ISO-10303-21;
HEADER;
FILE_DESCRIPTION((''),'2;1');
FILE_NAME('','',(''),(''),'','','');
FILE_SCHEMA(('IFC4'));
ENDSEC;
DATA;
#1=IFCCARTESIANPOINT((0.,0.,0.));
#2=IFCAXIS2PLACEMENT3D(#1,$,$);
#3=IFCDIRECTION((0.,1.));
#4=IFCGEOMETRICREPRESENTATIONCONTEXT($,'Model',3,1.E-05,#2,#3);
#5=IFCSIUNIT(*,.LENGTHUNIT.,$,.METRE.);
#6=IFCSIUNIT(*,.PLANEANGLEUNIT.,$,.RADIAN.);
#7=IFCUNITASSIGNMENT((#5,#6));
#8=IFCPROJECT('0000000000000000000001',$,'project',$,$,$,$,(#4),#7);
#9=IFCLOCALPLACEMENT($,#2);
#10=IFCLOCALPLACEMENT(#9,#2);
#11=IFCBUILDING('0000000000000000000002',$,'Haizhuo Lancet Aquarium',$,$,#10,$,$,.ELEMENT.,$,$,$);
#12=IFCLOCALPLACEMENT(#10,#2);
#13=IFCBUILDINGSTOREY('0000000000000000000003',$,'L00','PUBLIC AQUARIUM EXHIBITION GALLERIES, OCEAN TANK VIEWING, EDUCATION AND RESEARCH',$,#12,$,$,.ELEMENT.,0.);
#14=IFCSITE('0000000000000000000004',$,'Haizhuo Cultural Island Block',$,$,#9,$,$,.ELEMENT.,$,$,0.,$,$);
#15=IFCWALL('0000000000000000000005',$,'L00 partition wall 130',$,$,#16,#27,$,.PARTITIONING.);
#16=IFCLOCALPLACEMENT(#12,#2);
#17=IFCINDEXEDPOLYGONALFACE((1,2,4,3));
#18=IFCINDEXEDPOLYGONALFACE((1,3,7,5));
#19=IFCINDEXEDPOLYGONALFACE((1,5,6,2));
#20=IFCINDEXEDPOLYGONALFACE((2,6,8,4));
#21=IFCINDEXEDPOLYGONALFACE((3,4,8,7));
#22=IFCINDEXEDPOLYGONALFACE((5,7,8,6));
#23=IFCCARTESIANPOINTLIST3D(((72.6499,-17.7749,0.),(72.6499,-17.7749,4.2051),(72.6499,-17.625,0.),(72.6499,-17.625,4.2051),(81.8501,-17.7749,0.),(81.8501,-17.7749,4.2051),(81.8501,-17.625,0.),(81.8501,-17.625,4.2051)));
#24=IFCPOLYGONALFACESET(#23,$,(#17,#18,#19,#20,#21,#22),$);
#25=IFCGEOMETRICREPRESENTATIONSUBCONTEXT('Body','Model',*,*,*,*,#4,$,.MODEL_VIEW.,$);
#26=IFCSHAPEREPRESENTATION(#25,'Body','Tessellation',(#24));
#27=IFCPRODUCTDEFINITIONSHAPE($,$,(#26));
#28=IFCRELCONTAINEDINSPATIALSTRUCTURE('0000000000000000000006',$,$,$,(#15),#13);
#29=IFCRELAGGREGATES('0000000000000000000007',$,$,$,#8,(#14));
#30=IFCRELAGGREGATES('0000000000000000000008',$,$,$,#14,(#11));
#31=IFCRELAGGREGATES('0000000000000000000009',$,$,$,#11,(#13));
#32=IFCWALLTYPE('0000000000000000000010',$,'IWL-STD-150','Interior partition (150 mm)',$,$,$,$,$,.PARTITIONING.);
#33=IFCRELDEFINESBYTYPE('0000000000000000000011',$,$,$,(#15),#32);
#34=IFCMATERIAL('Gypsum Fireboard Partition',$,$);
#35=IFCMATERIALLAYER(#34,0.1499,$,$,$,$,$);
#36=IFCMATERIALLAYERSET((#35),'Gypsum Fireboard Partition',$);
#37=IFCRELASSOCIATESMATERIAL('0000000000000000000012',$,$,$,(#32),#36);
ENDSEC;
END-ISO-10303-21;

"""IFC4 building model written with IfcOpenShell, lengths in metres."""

from ifc_helpers import new_model, si_unit, direction, frame, frame_2d, origin, place, context, subcontext, project, spatial, rectangle, extrude, material, layer, layer_set, type_object, element, save


model = new_model("IFC4")

# Units and contexts
model_context = context("Model", 3, precision=1e-05, world=origin(), true_north=direction((0.0, 1.0)))
body_context = subcontext(model_context, "Body", "Model", "MODEL_VIEW")
ifc_project = project(units=[si_unit("LENGTHUNIT", "METRE"), si_unit("PLANEANGLEUNIT", "RADIAN")], contexts=[model_context])

# Site, building, storey
site_placement = place(None, origin())
site = spatial("IfcSite", under=ifc_project, at=site_placement, Name="Haizhuo Cultural Island Block", CompositionType="ELEMENT", RefElevation=0.0)
building_placement = place(site_placement, origin())
building = spatial("IfcBuilding", under=site, at=building_placement, Name="Haizhuo Lancet Aquarium", CompositionType="ELEMENT")
storey_placement = place(building_placement, origin())
storey = spatial("IfcBuildingStorey", under=building, at=storey_placement, Name="L00", Description="PUBLIC AQUARIUM EXHIBITION GALLERIES, OCEAN TANK VIEWING, EDUCATION AND RESEARCH", CompositionType="ELEMENT", Elevation=0.0)

# Wall
ifc_material_1 = material(Name="Gypsum Fireboard Partition")
ifc_layer_1 = layer(ifc_material_1, 0.1499)
ifc_layer_set_1 = layer_set([ifc_layer_1], Name="Gypsum Fireboard Partition")
wall_type = type_object("IfcWallType", Name="IWL-STD-150", Description="Interior partition (150 mm)", PredefinedType="PARTITIONING", material=ifc_layer_set_1)
wall_placement = place(storey_placement, frame((72.6499, -17.7, 0.0), z_axis=(0.0, 0.0, 1.0), x_axis=(1.0, 0.0, 0.0)))
element("IfcWall", 1, at=wall_placement, inside=storey, type_object=wall_type, Name="L00 partition wall 130", PredefinedType="PARTITIONING", context=body_context, shape_type="SweptSolid", body=[
    extrude(rectangle(XDim=9.2002, YDim=0.1499, at=frame_2d((4.6001, 0.0))), origin(), (0.0, 0.0, 1.0), 4.2051),
])

save(model, "model.ifc")
